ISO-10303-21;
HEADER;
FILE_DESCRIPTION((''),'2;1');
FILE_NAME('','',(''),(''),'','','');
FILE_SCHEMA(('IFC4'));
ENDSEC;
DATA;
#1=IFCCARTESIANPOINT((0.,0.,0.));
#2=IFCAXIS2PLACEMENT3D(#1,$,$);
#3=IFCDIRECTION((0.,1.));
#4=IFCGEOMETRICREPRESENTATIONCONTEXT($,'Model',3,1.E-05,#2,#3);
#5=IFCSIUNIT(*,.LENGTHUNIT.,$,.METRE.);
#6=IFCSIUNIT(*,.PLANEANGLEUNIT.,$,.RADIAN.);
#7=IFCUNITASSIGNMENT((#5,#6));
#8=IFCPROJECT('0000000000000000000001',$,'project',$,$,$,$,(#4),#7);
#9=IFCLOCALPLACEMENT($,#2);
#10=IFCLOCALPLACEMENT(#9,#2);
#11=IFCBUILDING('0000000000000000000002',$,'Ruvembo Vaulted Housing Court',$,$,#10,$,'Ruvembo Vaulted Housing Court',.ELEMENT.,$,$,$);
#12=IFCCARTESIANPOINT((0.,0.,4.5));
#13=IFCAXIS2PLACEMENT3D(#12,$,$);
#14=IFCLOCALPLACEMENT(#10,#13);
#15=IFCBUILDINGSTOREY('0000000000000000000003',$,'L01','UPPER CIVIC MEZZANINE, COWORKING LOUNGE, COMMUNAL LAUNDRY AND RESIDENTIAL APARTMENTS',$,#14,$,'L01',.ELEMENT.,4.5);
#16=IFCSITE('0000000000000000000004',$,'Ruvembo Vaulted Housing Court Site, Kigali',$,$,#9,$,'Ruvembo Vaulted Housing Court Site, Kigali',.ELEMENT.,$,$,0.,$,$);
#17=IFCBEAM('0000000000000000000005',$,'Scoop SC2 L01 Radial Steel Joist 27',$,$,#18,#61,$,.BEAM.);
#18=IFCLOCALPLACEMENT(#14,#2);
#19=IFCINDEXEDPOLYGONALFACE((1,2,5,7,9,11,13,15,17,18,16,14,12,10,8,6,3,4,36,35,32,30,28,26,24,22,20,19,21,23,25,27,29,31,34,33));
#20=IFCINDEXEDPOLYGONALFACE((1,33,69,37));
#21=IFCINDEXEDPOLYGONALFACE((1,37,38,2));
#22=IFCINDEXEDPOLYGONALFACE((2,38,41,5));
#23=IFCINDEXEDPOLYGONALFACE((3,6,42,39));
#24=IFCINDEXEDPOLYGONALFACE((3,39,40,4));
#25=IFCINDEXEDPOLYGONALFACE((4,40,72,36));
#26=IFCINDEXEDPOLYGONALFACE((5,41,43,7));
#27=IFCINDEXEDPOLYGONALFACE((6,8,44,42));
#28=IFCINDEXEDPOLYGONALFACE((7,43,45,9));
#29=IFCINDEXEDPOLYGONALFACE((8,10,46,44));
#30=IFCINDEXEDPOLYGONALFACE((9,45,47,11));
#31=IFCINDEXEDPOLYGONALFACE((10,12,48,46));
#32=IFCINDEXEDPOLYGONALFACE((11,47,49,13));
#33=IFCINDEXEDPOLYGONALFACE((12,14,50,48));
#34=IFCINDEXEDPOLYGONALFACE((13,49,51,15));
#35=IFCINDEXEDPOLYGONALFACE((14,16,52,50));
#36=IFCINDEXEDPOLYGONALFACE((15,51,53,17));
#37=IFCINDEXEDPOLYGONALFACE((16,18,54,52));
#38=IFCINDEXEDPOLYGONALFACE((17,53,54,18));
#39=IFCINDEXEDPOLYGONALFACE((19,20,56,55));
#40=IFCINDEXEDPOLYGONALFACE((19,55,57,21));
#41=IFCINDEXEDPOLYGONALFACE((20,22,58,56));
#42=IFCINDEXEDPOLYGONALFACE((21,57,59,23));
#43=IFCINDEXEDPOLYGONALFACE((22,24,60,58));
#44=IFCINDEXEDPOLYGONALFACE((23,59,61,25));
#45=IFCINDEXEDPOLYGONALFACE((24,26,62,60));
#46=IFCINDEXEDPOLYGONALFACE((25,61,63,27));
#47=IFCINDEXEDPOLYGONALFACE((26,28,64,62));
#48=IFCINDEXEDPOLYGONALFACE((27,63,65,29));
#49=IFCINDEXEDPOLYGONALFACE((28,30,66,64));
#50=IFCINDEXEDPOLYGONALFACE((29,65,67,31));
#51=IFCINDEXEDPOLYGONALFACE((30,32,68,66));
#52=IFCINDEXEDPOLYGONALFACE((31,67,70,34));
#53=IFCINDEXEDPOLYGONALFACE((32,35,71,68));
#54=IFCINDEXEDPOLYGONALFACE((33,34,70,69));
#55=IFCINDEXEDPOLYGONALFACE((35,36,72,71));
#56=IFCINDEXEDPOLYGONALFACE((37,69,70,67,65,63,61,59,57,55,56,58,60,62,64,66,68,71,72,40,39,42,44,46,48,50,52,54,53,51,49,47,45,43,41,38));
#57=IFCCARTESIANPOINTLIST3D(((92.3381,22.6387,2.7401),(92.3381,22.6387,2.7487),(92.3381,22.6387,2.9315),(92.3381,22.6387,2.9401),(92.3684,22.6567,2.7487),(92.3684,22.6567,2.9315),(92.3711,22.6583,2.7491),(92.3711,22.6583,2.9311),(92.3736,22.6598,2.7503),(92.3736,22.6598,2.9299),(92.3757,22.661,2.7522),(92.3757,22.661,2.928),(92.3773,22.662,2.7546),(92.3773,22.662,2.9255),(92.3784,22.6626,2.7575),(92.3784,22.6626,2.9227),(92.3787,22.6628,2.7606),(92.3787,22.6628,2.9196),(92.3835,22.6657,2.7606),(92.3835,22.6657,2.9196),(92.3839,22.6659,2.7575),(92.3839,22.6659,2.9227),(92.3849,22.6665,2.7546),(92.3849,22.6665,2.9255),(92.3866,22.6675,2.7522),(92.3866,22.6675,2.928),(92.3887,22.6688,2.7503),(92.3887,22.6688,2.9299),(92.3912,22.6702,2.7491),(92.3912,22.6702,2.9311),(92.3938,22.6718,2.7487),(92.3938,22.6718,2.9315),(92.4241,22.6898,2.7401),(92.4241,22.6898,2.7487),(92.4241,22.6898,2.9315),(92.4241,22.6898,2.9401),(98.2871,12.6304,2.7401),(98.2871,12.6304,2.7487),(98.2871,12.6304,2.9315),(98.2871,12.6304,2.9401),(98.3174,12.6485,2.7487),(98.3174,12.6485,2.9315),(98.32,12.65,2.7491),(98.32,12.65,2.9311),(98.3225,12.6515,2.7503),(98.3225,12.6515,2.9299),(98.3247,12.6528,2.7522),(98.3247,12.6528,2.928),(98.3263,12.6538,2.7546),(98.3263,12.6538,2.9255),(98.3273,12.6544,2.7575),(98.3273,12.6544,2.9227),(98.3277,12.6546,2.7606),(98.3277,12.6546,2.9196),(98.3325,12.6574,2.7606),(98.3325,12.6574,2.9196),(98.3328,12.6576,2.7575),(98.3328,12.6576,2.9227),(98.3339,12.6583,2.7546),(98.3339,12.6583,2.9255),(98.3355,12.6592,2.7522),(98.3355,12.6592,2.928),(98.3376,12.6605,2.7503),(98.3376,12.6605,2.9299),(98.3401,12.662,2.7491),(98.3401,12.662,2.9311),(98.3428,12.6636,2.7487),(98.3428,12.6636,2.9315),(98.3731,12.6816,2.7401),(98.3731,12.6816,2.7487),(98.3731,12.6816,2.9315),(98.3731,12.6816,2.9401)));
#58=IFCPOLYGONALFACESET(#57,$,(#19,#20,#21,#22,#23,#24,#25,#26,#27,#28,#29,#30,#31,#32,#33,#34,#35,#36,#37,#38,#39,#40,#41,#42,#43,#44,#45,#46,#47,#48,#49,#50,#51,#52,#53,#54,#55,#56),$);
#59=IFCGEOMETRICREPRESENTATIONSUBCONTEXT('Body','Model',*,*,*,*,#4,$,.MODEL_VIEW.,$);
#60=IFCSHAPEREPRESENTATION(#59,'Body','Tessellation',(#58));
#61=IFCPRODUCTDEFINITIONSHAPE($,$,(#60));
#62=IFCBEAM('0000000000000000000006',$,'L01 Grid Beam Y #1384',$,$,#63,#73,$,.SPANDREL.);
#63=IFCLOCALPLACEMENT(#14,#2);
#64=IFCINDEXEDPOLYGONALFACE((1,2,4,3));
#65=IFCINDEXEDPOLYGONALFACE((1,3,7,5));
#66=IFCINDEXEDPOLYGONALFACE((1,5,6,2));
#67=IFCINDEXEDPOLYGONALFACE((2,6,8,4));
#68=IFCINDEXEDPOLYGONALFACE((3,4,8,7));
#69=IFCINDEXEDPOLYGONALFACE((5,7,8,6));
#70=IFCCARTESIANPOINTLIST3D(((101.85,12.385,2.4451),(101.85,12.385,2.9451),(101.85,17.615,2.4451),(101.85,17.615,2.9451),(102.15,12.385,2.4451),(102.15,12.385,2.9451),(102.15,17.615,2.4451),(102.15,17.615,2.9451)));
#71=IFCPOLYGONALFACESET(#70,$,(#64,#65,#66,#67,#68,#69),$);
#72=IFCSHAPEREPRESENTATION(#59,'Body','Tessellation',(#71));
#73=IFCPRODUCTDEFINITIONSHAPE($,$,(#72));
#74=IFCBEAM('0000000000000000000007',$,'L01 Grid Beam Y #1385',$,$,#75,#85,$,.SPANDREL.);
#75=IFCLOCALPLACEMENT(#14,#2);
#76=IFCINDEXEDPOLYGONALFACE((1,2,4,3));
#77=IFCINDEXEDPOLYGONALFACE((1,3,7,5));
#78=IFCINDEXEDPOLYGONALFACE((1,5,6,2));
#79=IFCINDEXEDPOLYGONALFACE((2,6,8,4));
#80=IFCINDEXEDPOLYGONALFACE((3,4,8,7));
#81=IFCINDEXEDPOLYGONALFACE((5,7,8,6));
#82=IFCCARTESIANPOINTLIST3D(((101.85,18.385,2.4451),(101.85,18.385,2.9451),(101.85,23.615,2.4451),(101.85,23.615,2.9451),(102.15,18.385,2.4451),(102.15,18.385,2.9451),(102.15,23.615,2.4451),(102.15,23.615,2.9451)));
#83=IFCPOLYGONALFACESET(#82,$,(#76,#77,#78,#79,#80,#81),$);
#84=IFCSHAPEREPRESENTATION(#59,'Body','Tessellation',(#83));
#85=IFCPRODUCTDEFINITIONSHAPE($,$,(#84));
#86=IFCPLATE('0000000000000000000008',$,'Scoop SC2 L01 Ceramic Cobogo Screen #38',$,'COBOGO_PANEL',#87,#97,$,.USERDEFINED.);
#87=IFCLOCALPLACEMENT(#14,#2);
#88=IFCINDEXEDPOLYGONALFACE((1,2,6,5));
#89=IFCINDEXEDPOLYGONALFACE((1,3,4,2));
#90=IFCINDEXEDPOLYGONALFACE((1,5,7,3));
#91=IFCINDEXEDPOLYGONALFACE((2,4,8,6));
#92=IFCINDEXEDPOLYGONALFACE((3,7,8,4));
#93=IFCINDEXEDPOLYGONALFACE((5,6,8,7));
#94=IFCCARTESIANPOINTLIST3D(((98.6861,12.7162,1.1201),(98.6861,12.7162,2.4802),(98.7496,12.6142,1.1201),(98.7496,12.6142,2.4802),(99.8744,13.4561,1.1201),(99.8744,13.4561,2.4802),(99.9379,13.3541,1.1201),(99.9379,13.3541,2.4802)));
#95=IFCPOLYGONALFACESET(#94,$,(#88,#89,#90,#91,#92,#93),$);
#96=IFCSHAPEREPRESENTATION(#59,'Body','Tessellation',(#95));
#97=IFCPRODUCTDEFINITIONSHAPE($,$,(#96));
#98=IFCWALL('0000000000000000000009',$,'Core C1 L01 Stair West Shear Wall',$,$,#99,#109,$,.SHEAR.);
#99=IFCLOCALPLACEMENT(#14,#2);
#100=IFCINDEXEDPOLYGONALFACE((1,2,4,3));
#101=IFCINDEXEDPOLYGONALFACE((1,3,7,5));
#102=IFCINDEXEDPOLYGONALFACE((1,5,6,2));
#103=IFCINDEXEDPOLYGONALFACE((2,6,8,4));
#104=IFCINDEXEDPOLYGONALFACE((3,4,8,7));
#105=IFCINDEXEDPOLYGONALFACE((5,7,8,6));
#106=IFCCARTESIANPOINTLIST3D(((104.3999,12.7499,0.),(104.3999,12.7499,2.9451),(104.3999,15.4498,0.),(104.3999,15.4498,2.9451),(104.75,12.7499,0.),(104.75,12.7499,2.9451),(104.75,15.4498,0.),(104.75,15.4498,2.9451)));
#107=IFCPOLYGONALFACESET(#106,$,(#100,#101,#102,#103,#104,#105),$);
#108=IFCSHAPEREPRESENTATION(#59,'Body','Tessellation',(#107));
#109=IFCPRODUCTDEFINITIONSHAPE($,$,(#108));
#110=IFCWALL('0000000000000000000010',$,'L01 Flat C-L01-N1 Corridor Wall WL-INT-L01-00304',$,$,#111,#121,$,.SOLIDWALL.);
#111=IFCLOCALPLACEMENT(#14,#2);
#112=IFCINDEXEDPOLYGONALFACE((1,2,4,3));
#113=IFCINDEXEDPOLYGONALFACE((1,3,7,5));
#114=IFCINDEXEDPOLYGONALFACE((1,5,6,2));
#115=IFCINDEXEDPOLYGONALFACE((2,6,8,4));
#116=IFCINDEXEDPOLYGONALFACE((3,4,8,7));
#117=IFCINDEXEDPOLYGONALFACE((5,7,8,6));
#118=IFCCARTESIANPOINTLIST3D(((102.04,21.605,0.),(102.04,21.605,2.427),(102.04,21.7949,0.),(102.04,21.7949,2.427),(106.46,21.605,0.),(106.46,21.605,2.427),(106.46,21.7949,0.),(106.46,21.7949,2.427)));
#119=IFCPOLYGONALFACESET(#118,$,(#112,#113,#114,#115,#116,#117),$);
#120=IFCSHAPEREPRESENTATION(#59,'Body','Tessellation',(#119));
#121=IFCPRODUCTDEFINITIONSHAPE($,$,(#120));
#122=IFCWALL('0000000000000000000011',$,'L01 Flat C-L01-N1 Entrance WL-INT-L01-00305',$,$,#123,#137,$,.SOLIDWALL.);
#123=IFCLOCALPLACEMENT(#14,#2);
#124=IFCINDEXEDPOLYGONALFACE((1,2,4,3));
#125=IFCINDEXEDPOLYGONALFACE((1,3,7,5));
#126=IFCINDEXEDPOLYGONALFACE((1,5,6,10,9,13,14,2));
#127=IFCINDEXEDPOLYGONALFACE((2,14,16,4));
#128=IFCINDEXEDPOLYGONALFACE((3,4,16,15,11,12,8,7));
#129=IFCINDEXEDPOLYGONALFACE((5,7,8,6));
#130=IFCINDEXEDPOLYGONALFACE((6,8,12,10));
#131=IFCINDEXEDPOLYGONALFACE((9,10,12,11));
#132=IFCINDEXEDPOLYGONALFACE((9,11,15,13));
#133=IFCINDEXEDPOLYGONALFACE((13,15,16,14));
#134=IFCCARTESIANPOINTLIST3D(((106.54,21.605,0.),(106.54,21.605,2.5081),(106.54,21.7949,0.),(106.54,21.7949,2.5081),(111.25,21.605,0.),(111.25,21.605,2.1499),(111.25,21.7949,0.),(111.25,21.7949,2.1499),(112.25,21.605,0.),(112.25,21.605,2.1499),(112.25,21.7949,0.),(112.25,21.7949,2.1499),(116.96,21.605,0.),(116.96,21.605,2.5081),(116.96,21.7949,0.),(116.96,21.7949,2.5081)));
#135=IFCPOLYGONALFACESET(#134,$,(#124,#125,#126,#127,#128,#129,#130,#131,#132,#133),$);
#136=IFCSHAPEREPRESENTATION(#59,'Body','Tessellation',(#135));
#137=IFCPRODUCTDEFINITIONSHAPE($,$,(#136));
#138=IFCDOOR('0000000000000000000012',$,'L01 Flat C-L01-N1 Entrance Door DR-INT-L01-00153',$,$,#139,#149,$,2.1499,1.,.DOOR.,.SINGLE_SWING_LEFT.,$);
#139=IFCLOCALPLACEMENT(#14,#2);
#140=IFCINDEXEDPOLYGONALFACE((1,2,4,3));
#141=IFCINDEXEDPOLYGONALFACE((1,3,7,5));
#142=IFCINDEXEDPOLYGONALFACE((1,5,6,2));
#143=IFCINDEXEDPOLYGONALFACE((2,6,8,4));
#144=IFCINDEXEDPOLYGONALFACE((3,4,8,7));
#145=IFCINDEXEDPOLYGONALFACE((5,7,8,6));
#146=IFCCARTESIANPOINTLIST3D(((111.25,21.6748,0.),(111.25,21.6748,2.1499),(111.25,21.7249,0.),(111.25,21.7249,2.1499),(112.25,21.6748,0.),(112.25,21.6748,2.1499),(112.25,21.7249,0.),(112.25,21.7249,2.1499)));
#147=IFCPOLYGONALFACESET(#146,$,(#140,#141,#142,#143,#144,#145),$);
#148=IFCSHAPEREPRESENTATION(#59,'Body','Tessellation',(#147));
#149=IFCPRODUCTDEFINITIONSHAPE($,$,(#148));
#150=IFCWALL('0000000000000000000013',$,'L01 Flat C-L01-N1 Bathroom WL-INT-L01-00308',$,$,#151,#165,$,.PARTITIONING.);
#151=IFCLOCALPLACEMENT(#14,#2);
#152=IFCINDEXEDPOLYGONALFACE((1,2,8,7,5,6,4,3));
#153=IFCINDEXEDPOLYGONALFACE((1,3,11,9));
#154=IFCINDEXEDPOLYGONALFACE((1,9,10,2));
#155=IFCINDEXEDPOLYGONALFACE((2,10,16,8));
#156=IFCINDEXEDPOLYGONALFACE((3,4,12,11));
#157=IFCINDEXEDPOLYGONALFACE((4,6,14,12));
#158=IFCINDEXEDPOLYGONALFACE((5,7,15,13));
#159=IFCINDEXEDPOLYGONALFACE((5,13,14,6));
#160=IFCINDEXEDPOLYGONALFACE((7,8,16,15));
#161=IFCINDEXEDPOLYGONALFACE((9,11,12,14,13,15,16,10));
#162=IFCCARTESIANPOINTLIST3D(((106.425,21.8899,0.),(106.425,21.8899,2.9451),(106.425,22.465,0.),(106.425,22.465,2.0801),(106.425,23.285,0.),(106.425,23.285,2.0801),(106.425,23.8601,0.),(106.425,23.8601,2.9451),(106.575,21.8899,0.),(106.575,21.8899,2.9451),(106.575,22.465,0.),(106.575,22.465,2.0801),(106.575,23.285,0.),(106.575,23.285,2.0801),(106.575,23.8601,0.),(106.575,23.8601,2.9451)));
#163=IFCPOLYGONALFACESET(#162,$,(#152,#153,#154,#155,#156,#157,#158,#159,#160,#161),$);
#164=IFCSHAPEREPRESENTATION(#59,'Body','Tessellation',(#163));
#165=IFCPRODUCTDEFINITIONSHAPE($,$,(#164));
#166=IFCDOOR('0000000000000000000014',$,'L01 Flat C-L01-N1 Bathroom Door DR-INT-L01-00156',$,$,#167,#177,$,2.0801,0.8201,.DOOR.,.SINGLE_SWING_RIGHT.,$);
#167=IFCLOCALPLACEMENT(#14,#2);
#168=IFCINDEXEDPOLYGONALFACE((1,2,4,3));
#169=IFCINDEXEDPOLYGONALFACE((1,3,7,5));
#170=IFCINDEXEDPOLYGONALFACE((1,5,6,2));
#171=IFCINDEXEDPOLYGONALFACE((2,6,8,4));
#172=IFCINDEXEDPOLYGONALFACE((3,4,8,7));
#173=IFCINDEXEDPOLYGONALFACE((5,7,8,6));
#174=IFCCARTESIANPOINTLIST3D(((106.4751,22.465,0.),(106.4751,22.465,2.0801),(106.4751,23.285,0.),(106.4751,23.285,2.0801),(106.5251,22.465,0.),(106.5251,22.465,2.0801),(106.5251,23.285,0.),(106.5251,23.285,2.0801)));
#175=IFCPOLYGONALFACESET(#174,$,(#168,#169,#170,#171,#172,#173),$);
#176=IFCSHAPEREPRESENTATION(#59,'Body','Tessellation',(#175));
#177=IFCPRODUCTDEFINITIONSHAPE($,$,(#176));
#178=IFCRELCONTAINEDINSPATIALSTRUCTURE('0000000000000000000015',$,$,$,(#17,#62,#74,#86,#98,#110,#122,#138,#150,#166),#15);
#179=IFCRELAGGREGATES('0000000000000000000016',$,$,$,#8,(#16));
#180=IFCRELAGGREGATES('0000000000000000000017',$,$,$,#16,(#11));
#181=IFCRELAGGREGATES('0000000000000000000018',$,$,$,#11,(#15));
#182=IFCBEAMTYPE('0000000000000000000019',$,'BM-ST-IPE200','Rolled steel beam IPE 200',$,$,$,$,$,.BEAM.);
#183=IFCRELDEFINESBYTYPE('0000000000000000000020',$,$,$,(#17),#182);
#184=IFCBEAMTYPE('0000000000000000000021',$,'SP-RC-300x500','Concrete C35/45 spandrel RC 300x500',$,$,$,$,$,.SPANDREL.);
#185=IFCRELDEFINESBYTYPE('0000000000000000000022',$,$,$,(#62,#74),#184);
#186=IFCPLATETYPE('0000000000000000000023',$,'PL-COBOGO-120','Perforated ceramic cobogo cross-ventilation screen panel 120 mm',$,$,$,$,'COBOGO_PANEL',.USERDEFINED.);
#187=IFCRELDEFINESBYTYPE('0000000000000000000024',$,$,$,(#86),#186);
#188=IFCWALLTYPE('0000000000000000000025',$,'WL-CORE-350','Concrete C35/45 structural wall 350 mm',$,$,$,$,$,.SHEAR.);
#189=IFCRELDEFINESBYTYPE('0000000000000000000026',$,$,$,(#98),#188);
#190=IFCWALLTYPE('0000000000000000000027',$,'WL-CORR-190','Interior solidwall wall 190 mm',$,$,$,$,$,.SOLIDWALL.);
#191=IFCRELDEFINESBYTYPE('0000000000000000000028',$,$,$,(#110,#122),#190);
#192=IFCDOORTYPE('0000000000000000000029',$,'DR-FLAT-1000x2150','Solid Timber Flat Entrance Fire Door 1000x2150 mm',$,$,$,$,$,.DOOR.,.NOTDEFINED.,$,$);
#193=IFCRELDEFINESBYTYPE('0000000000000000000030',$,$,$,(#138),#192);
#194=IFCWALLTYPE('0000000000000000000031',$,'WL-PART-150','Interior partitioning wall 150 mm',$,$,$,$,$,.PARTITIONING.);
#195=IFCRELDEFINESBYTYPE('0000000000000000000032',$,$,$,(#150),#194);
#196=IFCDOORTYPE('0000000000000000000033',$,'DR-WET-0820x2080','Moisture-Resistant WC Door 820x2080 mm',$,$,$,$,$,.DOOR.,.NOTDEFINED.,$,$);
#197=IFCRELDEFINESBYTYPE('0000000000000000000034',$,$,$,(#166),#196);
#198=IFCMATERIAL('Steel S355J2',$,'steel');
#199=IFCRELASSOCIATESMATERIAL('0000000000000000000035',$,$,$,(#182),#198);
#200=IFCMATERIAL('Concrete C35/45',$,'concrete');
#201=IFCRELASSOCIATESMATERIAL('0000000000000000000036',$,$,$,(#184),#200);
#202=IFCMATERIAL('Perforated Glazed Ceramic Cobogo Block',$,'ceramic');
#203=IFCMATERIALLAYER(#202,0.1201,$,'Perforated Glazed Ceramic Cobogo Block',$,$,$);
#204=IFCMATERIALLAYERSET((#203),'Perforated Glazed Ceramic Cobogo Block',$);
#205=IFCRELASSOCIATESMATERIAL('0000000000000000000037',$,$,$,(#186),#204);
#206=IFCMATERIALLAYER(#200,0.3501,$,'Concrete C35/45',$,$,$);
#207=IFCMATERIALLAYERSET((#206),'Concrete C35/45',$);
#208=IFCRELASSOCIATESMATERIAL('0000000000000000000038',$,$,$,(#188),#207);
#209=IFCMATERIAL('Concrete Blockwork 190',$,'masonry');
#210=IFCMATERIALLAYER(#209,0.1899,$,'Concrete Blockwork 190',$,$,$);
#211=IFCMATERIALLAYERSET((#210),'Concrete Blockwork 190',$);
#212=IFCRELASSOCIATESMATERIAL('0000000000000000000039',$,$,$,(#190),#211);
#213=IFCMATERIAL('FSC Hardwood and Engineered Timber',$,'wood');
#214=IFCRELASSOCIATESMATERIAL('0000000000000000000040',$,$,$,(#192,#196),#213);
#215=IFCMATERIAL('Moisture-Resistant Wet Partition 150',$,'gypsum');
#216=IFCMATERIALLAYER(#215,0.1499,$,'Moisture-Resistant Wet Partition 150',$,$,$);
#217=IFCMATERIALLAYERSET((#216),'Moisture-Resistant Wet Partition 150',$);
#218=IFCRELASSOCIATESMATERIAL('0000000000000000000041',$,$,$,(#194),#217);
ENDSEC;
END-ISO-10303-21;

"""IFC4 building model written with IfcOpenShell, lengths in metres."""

from ifc_helpers import new_model, si_unit, direction, frame, frame_2d, origin, origin_2d, place, context, subcontext, project, spatial, rectangle, i_section, extrude, material, layer, layer_set, material_profile, profile_set, type_object, element, fill, save


model = new_model("IFC4")

# Units and contexts
model_context = context("Model", 3, precision=1e-05, world=origin(), true_north=direction((0.0, 1.0)))
body_context = subcontext(model_context, "Body", "Model", "MODEL_VIEW")
ifc_project = project(units=[si_unit("LENGTHUNIT", "METRE"), si_unit("PLANEANGLEUNIT", "RADIAN")], contexts=[model_context])

# Site, building, storey
site_placement = place(None, origin())
site = spatial("IfcSite", under=ifc_project, at=site_placement, Name="Ruvembo Vaulted Housing Court Site, Kigali", LongName="Ruvembo Vaulted Housing Court Site, Kigali", CompositionType="ELEMENT", RefElevation=0.0)
building_placement = place(site_placement, origin())
building = spatial("IfcBuilding", under=site, at=building_placement, Name="Ruvembo Vaulted Housing Court", LongName="Ruvembo Vaulted Housing Court", CompositionType="ELEMENT")
storey_placement = place(building_placement, frame((0.0, 0.0, 4.5)))
storey = spatial("IfcBuildingStorey", under=building, at=storey_placement, Name="L01", Description="UPPER CIVIC MEZZANINE, COWORKING LOUNGE, COMMUNAL LAUNDRY AND RESIDENTIAL APARTMENTS", LongName="L01", CompositionType="ELEMENT", Elevation=4.5)

# Beams
ifc_material_1 = material(Name="Concrete C35/45", Category="concrete")
ifc_material_2 = material(Name="Steel S355J2", Category="steel")
ifc_material_profile_1 = material_profile(ifc_material_2, i_section(OverallWidth=0.1001, OverallDepth=0.2, WebThickness=0.0056, FlangeThickness=0.0085, FilletRadius=0.012, at=origin_2d()), Name="IPE 200")
ifc_profile_set_1 = profile_set([ifc_material_profile_1], Name="Steel S355J2")
beam_type_1 = type_object("IfcBeamType", Name="BM-ST-IPE200", Description="Rolled steel beam IPE 200", PredefinedType="BEAM", material=ifc_profile_set_1)
beam_1_placement = place(storey_placement, frame((98.3301, 12.656, 2.8401), z_axis=(-0.510954, 0.859608, 0.0), x_axis=(-0.859608, -0.510954, 0.0)))
element("IfcBeam", 1, at=beam_1_placement, inside=storey, type_object=beam_type_1, Name="Scoop SC2 L01 Radial Steel Joist 27", PredefinedType="BEAM", context=body_context, shape_type="SweptSolid", body=[
    extrude(i_section(OverallWidth=0.1001, OverallDepth=0.2, WebThickness=0.0056, FlangeThickness=0.0085, FilletRadius=0.012, at=origin_2d()), origin(), (0.0, 0.0, 1.0), 11.6428),
])
ifc_material_profile_2 = material_profile(ifc_material_1, rectangle(XDim=0.3, YDim=0.5, at=origin_2d()), Name="RC 300x500")
ifc_profile_set_2 = profile_set([ifc_material_profile_2], Name="Concrete C35/45")
beam_type_2 = type_object("IfcBeamType", Name="SP-RC-300x500", Description="Concrete C35/45 spandrel RC 300x500", PredefinedType="SPANDREL", material=ifc_profile_set_2)
for number, where, z_axis, x_axis, name in (
    (2, (102.0, 12.385, 2.6951), (0.0, 1.0, 0.0), (-1.0, 0.0, 0.0), "L01 Grid Beam Y #1384"),
    (3, (102.0, 18.385, 2.6951), (0.0, 1.0, 0.0), (-1.0, 0.0, 0.0), "L01 Grid Beam Y #1385"),
):
    element("IfcBeam", number, at=place(storey_placement, frame(where, z_axis=z_axis, x_axis=x_axis)), inside=storey, type_object=beam_type_2, Name=name, PredefinedType="SPANDREL", context=body_context, shape_type="SweptSolid", body=[
        extrude(rectangle(XDim=0.3, YDim=0.5, at=origin_2d()), origin(), (0.0, 0.0, 1.0), 5.23),
    ])

# Plate
ifc_material_3 = material(Name="Perforated Glazed Ceramic Cobogo Block", Category="ceramic")
ifc_layer_1 = layer(ifc_material_3, 0.1201, Name="Perforated Glazed Ceramic Cobogo Block")
ifc_layer_set_1 = layer_set([ifc_layer_1], Name="Perforated Glazed Ceramic Cobogo Block")
plate_type = type_object("IfcPlateType", Name="PL-COBOGO-120", Description="Perforated ceramic cobogo cross-ventilation screen panel 120 mm", ElementType="COBOGO_PANEL", PredefinedType="USERDEFINED", material=ifc_layer_set_1)
plate_placement = place(storey_placement, frame((99.312, 13.0352, 1.1201), z_axis=(0.0, 0.0, 1.0), x_axis=(0.848889, 0.528572, 0.0)))
element("IfcPlate", 4, at=plate_placement, inside=storey, type_object=plate_type, Name="Scoop SC2 L01 Ceramic Cobogo Screen #38", ObjectType="COBOGO_PANEL", PredefinedType="USERDEFINED", context=body_context, shape_type="SweptSolid", body=[
    extrude(rectangle(XDim=1.3999, YDim=0.1201, at=origin_2d()), origin(), (0.0, 0.0, 1.0), 1.3601),
])

# Shared definitions
ifc_layer_2 = layer(ifc_material_1, 0.3501, Name="Concrete C35/45")
ifc_layer_set_2 = layer_set([ifc_layer_2], Name="Concrete C35/45")
wall_type_1 = type_object("IfcWallType", Name="WL-CORE-350", Description="Concrete C35/45 structural wall 350 mm", PredefinedType="SHEAR", material=ifc_layer_set_2)

# Walls
wall_1_placement = place(storey_placement, frame((104.575, 15.45, 0.0), z_axis=(0.0, 0.0, 1.0), x_axis=(0.0, -1.0, 0.0)))
element("IfcWall", 5, at=wall_1_placement, inside=storey, type_object=wall_type_1, Name="Core C1 L01 Stair West Shear Wall", PredefinedType="SHEAR", context=body_context, shape_type="SweptSolid", body=[
    extrude(rectangle(XDim=2.7, YDim=0.3501, at=frame_2d((1.3501, 0.0))), origin(), (0.0, 0.0, 1.0), 2.9451),
])
ifc_material_4 = material(Name="Concrete Blockwork 190", Category="masonry")
ifc_layer_3 = layer(ifc_material_4, 0.1899, Name="Concrete Blockwork 190")
ifc_layer_set_3 = layer_set([ifc_layer_3], Name="Concrete Blockwork 190")
wall_type_2 = type_object("IfcWallType", Name="WL-CORR-190", Description="Interior solidwall wall 190 mm", PredefinedType="SOLIDWALL", material=ifc_layer_set_3)
wall_2_placement = place(storey_placement, frame((102.04, 21.7, 0.0), z_axis=(0.0, 0.0, 1.0), x_axis=(1.0, 0.0, 0.0)))
element("IfcWall", 6, at=wall_2_placement, inside=storey, type_object=wall_type_2, Name="L01 Flat C-L01-N1 Corridor Wall WL-INT-L01-00304", PredefinedType="SOLIDWALL", context=body_context, shape_type="SweptSolid", body=[
    extrude(rectangle(XDim=4.4199, YDim=0.1899, at=frame_2d((2.21, 0.0))), origin(), (0.0, 0.0, 1.0), 2.427),
])

# Wall, opening, door
wall_3_placement = place(storey_placement, frame((106.54, 21.7, 0.0), z_axis=(0.0, 0.0, 1.0), x_axis=(1.0, 0.0, 0.0)))
wall_3 = element("IfcWall", 7, at=wall_3_placement, inside=storey, type_object=wall_type_2, Name="L01 Flat C-L01-N1 Entrance WL-INT-L01-00305", PredefinedType="SOLIDWALL", context=body_context, shape_type="SweptSolid", body=[
    extrude(rectangle(XDim=10.4199, YDim=0.1899, at=frame_2d((5.21, 0.0))), origin(), (0.0, 0.0, 1.0), 2.5081),
])
opening_1_placement = place(wall_3_placement, frame((4.71, 0.0, 0.0)))
opening_1 = element("IfcOpeningElement", 8, at=opening_1_placement, cuts=wall_3, PredefinedType="OPENING", context=body_context, shape_type="SweptSolid", body=[
    extrude(rectangle(XDim=1.0, YDim=2.1499, at=frame_2d((0.5, 1.075))), frame((0.0, 0.105, 0.0), z_axis=(0.0, -1.0, 0.0), x_axis=(1.0, 0.0, 0.0)), (0.0, 0.0, 1.0), 0.21),
])
ifc_material_5 = material(Name="FSC Hardwood and Engineered Timber", Category="wood")
door_type_1 = type_object("IfcDoorType", Name="DR-FLAT-1000x2150", Description="Solid Timber Flat Entrance Fire Door 1000x2150 mm", OperationType="NOTDEFINED", PredefinedType="DOOR", material=ifc_material_5)
door_1_placement = place(opening_1_placement, origin())
door_1 = element("IfcDoor", 9, at=door_1_placement, inside=storey, type_object=door_type_1, Name="L01 Flat C-L01-N1 Entrance Door DR-INT-L01-00153", OperationType="SINGLE_SWING_LEFT", OverallHeight=2.1499, OverallWidth=1.0, PredefinedType="DOOR", context=body_context, shape_type="SweptSolid", body=[
    extrude(rectangle(XDim=1.0, YDim=2.1499, at=frame_2d((0.5, 1.075))), frame((0.0, 0.0249, 0.0), z_axis=(0.0, -1.0, 0.0), x_axis=(1.0, 0.0, 0.0)), (0.0, 0.0, 1.0), 0.05),
])
fill(opening_1, door_1)

# Wall, opening, door
ifc_material_6 = material(Name="Moisture-Resistant Wet Partition 150", Category="gypsum")
ifc_layer_4 = layer(ifc_material_6, 0.1499, Name="Moisture-Resistant Wet Partition 150")
ifc_layer_set_4 = layer_set([ifc_layer_4], Name="Moisture-Resistant Wet Partition 150")
wall_type_3 = type_object("IfcWallType", Name="WL-PART-150", Description="Interior partitioning wall 150 mm", PredefinedType="PARTITIONING", material=ifc_layer_set_4)
wall_4_placement = place(storey_placement, frame((106.5, 21.8899, 0.0), z_axis=(0.0, 0.0, 1.0), x_axis=(0.0, 1.0, 0.0)))
wall_4 = element("IfcWall", 10, at=wall_4_placement, inside=storey, type_object=wall_type_3, Name="L01 Flat C-L01-N1 Bathroom WL-INT-L01-00308", PredefinedType="PARTITIONING", context=body_context, shape_type="SweptSolid", body=[
    extrude(rectangle(XDim=1.9702, YDim=0.1499, at=frame_2d((0.9851, 0.0))), origin(), (0.0, 0.0, 1.0), 2.9451),
])
opening_2_placement = place(wall_4_placement, frame((0.575, 0.0, 0.0)))
opening_2 = element("IfcOpeningElement", 11, at=opening_2_placement, cuts=wall_4, PredefinedType="OPENING", context=body_context, shape_type="SweptSolid", body=[
    extrude(rectangle(XDim=0.8201, YDim=2.0801, at=frame_2d((0.4102, 1.04))), frame((0.0, 0.085, 0.0), z_axis=(0.0, -1.0, 0.0), x_axis=(1.0, 0.0, 0.0)), (0.0, 0.0, 1.0), 0.1699),
])
door_type_2 = type_object("IfcDoorType", Name="DR-WET-0820x2080", Description="Moisture-Resistant WC Door 820x2080 mm", OperationType="NOTDEFINED", PredefinedType="DOOR", material=ifc_material_5)
door_2_placement = place(opening_2_placement, origin())
door_2 = element("IfcDoor", 12, at=door_2_placement, inside=storey, type_object=door_type_2, Name="L01 Flat C-L01-N1 Bathroom Door DR-INT-L01-00156", OperationType="SINGLE_SWING_RIGHT", OverallHeight=2.0801, OverallWidth=0.8201, PredefinedType="DOOR", context=body_context, shape_type="SweptSolid", body=[
    extrude(rectangle(XDim=0.8201, YDim=2.0801, at=frame_2d((0.4102, 1.04))), frame((0.0, 0.0249, 0.0), z_axis=(0.0, -1.0, 0.0), x_axis=(1.0, 0.0, 0.0)), (0.0, 0.0, 1.0), 0.05),
])
fill(opening_2, door_2)

save(model, "model.ifc")
